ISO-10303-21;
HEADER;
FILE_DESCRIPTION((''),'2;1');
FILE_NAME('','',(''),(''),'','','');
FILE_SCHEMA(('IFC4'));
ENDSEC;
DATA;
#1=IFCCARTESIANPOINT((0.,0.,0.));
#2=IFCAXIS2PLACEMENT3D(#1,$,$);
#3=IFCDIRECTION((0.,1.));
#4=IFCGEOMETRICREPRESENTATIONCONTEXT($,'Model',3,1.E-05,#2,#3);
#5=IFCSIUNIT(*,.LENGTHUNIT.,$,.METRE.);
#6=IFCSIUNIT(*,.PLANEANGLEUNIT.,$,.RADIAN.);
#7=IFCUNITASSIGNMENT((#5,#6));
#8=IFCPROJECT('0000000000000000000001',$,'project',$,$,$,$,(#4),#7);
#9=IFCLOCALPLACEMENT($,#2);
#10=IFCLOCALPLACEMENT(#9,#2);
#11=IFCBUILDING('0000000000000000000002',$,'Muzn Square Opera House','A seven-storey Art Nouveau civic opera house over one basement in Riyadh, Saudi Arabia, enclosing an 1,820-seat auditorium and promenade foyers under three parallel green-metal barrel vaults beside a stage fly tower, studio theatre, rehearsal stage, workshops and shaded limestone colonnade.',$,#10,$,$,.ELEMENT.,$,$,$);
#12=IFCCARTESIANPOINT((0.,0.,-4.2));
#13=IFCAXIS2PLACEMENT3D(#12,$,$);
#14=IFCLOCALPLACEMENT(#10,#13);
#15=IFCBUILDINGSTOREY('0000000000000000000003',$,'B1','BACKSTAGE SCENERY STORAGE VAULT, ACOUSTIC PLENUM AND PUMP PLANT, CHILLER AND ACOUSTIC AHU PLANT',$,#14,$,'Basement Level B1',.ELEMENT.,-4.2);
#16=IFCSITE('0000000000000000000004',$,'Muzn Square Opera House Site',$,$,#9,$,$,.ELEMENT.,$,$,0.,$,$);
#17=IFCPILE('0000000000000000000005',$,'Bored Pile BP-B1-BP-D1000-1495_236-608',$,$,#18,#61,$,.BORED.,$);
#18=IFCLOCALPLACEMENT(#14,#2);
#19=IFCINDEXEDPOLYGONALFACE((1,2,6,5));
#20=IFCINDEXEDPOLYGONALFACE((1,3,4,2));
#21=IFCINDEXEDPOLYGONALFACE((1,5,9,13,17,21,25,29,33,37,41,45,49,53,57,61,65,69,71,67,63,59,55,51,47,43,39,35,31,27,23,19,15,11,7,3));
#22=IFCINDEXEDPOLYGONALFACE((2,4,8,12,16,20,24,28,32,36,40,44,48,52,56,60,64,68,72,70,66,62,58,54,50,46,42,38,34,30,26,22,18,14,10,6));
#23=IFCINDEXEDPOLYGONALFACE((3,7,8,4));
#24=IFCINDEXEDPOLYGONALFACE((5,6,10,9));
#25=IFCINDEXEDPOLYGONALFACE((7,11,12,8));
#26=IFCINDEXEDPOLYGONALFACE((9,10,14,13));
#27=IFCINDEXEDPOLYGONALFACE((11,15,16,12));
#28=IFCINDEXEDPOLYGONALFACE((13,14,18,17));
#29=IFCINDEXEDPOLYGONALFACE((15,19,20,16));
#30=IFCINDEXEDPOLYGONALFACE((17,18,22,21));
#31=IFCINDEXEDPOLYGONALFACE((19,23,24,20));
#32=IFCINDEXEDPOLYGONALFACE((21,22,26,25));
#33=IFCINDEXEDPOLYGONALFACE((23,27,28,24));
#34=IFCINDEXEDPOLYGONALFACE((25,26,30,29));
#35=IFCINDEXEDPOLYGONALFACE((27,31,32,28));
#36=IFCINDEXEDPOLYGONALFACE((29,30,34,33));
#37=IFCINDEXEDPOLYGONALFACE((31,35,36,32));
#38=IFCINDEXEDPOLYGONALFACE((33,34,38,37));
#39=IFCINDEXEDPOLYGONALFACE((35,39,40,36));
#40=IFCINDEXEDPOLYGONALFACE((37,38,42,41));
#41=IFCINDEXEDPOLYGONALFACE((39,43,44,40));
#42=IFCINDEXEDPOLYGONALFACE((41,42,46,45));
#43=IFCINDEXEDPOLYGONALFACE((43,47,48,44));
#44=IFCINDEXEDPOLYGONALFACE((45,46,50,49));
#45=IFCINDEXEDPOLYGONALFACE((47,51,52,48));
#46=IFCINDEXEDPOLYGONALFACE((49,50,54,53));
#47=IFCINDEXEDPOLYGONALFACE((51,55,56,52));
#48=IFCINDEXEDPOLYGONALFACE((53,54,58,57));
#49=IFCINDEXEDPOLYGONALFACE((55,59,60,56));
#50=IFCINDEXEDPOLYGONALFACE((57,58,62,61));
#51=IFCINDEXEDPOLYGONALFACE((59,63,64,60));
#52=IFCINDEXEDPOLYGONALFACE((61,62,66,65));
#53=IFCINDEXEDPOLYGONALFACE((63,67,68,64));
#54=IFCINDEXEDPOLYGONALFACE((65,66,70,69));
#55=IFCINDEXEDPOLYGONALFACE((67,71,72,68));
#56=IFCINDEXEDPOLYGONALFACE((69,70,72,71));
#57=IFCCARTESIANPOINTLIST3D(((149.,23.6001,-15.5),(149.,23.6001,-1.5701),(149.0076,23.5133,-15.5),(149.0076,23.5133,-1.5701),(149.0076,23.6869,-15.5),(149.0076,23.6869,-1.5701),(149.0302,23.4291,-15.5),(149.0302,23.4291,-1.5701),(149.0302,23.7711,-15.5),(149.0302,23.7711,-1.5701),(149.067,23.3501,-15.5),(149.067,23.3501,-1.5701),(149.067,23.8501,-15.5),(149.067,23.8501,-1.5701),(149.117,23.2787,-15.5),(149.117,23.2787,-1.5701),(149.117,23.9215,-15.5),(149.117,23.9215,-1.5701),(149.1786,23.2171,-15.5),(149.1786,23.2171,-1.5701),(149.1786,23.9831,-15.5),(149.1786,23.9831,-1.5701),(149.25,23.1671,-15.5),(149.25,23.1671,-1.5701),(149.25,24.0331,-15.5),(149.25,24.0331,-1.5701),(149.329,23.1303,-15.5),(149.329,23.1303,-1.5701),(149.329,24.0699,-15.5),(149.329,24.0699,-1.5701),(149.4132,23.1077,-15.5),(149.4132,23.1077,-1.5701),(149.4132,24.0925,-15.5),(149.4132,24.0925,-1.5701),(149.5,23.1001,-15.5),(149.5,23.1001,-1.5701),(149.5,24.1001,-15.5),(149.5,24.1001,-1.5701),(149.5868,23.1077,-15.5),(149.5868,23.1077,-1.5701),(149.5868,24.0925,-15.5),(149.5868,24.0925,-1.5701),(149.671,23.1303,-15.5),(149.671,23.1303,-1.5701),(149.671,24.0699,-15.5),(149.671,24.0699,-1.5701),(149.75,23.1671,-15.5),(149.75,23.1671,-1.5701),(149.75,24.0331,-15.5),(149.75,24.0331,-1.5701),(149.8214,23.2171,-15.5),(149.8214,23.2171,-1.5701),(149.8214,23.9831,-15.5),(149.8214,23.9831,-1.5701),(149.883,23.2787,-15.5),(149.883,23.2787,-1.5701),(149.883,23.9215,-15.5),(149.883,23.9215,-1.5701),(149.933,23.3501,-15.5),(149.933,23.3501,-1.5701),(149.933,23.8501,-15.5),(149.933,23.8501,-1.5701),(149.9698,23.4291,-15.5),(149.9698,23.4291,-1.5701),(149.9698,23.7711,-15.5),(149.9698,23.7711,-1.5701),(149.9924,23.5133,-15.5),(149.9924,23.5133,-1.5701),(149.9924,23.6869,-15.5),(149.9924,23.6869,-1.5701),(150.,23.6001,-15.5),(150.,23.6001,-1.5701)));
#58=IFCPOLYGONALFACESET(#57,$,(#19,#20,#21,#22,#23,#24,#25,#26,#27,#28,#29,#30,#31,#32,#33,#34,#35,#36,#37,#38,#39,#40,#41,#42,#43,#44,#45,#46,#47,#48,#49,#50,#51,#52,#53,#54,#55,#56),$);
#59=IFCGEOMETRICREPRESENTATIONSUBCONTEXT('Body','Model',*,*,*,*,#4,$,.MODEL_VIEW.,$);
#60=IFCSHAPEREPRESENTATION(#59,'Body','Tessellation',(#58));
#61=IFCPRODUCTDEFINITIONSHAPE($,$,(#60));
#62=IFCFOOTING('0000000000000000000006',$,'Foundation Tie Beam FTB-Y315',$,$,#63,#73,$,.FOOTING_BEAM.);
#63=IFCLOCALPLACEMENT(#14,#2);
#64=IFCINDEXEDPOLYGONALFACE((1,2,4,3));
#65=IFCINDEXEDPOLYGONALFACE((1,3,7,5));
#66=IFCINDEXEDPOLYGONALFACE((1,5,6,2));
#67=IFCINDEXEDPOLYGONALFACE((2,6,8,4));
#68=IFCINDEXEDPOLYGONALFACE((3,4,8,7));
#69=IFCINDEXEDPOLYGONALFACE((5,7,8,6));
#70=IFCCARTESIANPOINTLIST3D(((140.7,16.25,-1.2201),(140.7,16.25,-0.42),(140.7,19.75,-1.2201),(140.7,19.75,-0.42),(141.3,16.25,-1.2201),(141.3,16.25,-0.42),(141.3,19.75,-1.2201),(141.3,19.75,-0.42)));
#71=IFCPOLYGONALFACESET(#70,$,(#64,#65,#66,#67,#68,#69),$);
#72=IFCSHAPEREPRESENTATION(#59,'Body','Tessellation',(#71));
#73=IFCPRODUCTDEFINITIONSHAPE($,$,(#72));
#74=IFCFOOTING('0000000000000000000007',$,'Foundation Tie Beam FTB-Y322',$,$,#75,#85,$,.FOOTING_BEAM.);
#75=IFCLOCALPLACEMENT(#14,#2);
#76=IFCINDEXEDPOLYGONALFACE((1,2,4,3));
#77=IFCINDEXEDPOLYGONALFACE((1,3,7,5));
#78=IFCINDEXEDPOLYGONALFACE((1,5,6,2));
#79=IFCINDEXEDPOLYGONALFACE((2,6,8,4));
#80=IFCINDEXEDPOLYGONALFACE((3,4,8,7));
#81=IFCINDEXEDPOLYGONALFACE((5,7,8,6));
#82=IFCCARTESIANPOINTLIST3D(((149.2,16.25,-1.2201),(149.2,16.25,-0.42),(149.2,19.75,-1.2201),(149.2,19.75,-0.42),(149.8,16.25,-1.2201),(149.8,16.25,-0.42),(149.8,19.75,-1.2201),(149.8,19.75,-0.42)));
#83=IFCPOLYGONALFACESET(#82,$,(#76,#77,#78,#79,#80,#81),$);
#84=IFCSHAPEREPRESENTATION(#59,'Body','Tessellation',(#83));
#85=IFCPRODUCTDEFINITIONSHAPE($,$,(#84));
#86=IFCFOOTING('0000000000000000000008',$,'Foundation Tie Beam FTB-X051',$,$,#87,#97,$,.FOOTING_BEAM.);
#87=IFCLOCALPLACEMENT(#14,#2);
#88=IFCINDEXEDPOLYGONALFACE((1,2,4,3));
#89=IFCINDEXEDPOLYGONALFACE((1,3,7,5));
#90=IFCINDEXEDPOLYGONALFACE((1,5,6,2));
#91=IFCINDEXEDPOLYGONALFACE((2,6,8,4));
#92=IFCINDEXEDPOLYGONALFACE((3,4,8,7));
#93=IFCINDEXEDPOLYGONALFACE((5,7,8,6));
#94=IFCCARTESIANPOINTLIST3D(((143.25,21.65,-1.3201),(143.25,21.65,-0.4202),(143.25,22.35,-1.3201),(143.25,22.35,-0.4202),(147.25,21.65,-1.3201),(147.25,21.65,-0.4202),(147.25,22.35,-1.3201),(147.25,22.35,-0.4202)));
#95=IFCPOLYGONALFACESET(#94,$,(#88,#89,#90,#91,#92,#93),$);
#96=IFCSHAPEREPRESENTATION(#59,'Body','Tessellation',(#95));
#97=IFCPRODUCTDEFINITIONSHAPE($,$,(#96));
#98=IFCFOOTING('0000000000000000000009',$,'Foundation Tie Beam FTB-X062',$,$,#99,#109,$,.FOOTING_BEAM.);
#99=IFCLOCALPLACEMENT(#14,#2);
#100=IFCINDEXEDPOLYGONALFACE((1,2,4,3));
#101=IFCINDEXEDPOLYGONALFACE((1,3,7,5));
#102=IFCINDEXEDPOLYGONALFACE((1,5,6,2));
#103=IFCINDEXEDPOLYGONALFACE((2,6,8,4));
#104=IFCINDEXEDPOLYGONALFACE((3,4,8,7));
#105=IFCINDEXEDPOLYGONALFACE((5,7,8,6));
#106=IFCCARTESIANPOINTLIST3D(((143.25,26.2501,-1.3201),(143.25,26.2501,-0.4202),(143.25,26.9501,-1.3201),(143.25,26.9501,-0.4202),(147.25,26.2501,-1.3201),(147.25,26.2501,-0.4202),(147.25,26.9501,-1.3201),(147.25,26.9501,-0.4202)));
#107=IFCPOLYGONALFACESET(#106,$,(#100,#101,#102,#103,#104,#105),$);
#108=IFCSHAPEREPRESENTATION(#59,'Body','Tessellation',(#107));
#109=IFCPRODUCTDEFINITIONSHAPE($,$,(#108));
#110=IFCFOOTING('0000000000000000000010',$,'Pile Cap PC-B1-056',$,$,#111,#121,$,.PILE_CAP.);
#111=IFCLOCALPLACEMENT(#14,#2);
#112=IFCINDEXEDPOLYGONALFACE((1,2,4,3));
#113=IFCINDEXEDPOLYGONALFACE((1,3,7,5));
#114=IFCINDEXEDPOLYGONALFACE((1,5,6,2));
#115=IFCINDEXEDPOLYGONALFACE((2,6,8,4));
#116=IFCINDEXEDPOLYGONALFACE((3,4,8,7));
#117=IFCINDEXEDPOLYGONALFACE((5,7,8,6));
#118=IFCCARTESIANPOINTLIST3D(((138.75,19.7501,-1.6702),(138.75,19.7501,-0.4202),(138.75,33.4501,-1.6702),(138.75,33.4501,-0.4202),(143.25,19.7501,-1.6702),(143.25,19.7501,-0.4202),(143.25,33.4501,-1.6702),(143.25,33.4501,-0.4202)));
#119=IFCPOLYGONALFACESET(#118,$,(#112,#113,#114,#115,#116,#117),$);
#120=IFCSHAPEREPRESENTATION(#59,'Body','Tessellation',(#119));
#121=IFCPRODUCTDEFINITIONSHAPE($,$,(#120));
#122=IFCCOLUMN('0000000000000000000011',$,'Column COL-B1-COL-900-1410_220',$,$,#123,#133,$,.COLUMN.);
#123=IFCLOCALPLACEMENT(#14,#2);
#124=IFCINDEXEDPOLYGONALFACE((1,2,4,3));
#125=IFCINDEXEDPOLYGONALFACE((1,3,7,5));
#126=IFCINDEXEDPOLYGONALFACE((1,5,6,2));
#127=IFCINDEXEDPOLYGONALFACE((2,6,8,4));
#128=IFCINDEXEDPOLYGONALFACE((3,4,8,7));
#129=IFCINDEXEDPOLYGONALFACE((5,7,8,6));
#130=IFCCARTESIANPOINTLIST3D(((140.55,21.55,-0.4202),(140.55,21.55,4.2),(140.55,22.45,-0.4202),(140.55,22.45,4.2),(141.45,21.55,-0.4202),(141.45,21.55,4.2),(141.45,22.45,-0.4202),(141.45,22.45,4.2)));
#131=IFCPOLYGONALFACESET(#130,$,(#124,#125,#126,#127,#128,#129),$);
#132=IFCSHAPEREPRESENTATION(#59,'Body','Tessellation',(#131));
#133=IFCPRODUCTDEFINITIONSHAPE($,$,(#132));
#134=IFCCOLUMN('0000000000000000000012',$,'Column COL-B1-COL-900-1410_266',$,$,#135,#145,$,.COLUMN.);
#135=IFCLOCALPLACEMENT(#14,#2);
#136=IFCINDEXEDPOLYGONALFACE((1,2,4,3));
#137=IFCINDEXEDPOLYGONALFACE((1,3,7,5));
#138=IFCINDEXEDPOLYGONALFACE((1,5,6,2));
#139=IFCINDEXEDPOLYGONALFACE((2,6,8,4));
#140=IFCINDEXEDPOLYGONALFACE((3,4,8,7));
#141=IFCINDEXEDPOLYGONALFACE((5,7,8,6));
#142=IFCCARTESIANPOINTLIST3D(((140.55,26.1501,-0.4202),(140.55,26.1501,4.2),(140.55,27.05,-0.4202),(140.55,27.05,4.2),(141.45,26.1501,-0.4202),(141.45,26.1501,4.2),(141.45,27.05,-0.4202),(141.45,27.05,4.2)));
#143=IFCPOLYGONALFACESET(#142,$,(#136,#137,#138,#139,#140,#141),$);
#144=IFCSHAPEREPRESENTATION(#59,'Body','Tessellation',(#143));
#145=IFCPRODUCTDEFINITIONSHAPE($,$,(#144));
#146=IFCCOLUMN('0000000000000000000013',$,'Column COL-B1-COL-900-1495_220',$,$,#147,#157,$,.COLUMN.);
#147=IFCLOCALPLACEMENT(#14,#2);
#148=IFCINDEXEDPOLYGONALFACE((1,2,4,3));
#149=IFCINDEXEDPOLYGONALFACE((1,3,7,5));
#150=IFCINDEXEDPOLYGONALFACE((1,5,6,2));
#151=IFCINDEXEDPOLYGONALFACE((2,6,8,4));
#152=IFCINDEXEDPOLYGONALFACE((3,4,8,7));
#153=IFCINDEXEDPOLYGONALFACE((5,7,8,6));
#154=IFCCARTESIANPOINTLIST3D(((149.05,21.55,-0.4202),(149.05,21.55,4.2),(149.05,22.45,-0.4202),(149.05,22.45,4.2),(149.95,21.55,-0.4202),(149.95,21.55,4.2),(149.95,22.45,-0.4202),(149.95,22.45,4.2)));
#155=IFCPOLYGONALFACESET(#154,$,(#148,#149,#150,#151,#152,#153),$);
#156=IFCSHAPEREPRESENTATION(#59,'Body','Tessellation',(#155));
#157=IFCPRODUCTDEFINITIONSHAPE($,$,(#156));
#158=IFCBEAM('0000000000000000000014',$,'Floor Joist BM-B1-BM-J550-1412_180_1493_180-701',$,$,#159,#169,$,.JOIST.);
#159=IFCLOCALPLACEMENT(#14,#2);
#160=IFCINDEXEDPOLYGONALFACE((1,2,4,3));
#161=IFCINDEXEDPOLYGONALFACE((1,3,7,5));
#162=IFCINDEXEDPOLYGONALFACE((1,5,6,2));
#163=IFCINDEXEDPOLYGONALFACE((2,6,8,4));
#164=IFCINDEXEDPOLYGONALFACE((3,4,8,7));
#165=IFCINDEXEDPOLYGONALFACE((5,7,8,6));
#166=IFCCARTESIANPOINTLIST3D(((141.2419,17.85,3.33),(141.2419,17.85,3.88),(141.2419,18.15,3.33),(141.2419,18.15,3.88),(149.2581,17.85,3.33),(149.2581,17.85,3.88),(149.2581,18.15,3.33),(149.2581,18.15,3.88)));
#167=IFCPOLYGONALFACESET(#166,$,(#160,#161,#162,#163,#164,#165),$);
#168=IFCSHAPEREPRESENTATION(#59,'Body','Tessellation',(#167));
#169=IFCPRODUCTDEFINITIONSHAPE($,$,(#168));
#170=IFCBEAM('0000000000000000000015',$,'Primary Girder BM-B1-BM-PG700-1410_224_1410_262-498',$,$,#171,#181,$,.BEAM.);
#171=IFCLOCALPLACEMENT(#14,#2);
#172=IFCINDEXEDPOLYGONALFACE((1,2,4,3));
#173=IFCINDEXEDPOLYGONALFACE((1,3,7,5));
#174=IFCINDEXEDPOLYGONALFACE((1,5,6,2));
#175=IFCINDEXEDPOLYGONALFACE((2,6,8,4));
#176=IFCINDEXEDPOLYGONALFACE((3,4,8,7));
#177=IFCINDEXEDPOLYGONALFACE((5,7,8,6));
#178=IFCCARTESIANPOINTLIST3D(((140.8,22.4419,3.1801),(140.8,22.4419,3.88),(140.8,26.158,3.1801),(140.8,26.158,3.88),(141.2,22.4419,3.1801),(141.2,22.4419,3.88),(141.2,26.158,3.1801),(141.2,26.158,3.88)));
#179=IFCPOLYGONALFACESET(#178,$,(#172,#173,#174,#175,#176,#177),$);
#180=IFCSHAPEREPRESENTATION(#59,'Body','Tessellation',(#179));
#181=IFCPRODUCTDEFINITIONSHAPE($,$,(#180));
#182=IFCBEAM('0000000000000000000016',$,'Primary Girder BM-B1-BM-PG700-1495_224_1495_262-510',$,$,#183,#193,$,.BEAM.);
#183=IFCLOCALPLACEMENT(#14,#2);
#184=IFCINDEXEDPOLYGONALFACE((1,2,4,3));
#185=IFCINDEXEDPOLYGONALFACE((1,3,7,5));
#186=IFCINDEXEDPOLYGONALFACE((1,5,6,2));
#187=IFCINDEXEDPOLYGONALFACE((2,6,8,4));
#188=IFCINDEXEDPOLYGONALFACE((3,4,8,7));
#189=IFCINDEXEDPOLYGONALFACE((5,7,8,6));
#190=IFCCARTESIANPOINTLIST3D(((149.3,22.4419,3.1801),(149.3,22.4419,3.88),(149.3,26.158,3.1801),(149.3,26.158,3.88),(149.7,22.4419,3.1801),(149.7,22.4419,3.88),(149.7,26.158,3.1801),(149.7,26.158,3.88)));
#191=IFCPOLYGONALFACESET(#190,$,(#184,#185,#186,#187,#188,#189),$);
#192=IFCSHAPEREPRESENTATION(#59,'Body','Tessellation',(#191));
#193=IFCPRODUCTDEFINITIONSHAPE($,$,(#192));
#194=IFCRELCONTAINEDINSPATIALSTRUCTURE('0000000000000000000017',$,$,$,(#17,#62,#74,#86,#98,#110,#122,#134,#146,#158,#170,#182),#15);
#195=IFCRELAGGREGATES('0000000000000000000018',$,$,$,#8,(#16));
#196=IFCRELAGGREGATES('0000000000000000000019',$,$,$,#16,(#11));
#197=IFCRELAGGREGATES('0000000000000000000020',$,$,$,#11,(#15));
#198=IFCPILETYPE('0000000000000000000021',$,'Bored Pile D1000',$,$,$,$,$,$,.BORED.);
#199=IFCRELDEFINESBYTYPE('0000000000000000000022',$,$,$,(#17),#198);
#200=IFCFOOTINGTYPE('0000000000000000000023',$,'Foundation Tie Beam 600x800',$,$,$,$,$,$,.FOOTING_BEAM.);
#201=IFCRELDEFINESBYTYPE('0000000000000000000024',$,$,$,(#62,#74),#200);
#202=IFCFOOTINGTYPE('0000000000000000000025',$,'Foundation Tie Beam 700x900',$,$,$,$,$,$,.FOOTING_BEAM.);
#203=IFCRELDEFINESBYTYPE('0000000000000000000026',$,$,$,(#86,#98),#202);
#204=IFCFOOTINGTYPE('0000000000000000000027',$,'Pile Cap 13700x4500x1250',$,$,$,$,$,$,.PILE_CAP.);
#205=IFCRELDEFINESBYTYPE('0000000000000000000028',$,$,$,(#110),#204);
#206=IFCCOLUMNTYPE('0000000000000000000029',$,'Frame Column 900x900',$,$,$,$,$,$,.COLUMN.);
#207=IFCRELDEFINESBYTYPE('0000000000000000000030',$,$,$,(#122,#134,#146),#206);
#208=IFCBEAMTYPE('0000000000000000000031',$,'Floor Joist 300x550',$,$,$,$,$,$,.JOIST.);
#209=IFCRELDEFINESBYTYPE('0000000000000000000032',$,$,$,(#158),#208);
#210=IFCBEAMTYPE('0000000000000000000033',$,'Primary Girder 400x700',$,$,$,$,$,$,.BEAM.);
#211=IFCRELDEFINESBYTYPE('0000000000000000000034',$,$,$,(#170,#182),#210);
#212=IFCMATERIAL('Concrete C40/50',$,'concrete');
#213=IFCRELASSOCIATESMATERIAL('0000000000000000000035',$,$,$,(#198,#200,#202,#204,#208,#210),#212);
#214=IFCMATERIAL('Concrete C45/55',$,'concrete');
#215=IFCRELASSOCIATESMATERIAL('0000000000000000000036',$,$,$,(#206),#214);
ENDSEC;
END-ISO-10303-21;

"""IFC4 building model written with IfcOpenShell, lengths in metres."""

from ifc_helpers import new_model, si_unit, direction, frame, origin, origin_2d, place, context, subcontext, project, spatial, rectangle, circle, extrude, material, material_profile, profile_set, type_object, element, save


model = new_model("IFC4")

# Units and contexts
model_context = context("Model", 3, precision=1e-05, world=origin(), true_north=direction((0.0, 1.0)))
body_context = subcontext(model_context, "Body", "Model", "MODEL_VIEW")
ifc_project = project(units=[si_unit("LENGTHUNIT", "METRE"), si_unit("PLANEANGLEUNIT", "RADIAN")], contexts=[model_context])

# Site, building, storey
site_placement = place(None, origin())
site = spatial("IfcSite", under=ifc_project, at=site_placement, Name="Muzn Square Opera House Site", CompositionType="ELEMENT", RefElevation=0.0)
building_placement = place(site_placement, origin())
building = spatial("IfcBuilding", under=site, at=building_placement, Name="Muzn Square Opera House", Description="A seven-storey Art Nouveau civic opera house over one basement in Riyadh, Saudi Arabia, enclosing an 1,820-seat auditorium and promenade foyers under three parallel green-metal barrel vaults beside a stage fly tower, studio theatre, rehearsal stage, workshops and shaded limestone colonnade.", CompositionType="ELEMENT")
storey_placement = place(building_placement, frame((0.0, 0.0, -4.2)))
storey = spatial("IfcBuildingStorey", under=building, at=storey_placement, Name="B1", Description="BACKSTAGE SCENERY STORAGE VAULT, ACOUSTIC PLENUM AND PUMP PLANT, CHILLER AND ACOUSTIC AHU PLANT", LongName="Basement Level B1", CompositionType="ELEMENT", Elevation=-4.2)

# Pile
ifc_material_1 = material(Name="Concrete C40/50", Category="concrete")
ifc_material_profile_1 = material_profile(ifc_material_1, circle(Radius=0.5, at=origin_2d()), Name="BORED PILE D1000", Category="concrete")
ifc_profile_set_1 = profile_set([ifc_material_profile_1], Name="Concrete C40/50")
pile_type = type_object("IfcPileType", Name="Bored Pile D1000", PredefinedType="BORED", material=ifc_profile_set_1)
for number, where, z_axis, x_axis, name in (
    (1, (149.5, 23.6001, -1.5701), (0.0, 0.0, -1.0), (1.0, 0.0, 0.0), "Bored Pile BP-B1-BP-D1000-1495_236-608"),
):
    element("IfcPile", number, at=place(storey_placement, frame(where, z_axis=z_axis, x_axis=x_axis)), inside=storey, type_object=pile_type, Name=name, PredefinedType="BORED", context=body_context, shape_type="SweptSolid", body=[
        extrude(circle(Radius=0.5, at=origin_2d()), origin(), (0.0, 0.0, 1.0), 13.9299),
    ])

# Footings
ifc_material_profile_2 = material_profile(ifc_material_1, rectangle(XDim=0.6001, YDim=0.8, at=origin_2d()), Name="RCTB 600x800", Category="concrete")
ifc_profile_set_2 = profile_set([ifc_material_profile_2], Name="Concrete C40/50")
footing_type_1 = type_object("IfcFootingType", Name="Foundation Tie Beam 600x800", PredefinedType="FOOTING_BEAM", material=ifc_profile_set_2)
for number, where, z_axis, x_axis, name in (
    (2, (141.0, 16.25, -0.8201), (0.0, 1.0, 0.0), (-1.0, 0.0, 0.0), "Foundation Tie Beam FTB-Y315"),
    (3, (149.5, 16.25, -0.8201), (0.0, 1.0, 0.0), (-1.0, 0.0, 0.0), "Foundation Tie Beam FTB-Y322"),
):
    element("IfcFooting", number, at=place(storey_placement, frame(where, z_axis=z_axis, x_axis=x_axis)), inside=storey, type_object=footing_type_1, Name=name, PredefinedType="FOOTING_BEAM", context=body_context, shape_type="SweptSolid", body=[
        extrude(rectangle(XDim=0.6001, YDim=0.8, at=origin_2d()), origin(), (0.0, 0.0, 1.0), 3.5),
    ])
ifc_material_profile_3 = material_profile(ifc_material_1, rectangle(XDim=0.7, YDim=0.8999, at=origin_2d()), Name="RCTB 700x900", Category="concrete")
ifc_profile_set_3 = profile_set([ifc_material_profile_3], Name="Concrete C40/50")
footing_type_2 = type_object("IfcFootingType", Name="Foundation Tie Beam 700x900", PredefinedType="FOOTING_BEAM", material=ifc_profile_set_3)
for number, where, z_axis, x_axis, name in (
    (4, (143.25, 22.0, -0.8701), (1.0, 0.0, 0.0), (0.0, 1.0, 0.0), "Foundation Tie Beam FTB-X051"),
    (5, (143.25, 26.6001, -0.8701), (1.0, 0.0, 0.0), (0.0, 1.0, 0.0), "Foundation Tie Beam FTB-X062"),
):
    element("IfcFooting", number, at=place(storey_placement, frame(where, z_axis=z_axis, x_axis=x_axis)), inside=storey, type_object=footing_type_2, Name=name, PredefinedType="FOOTING_BEAM", context=body_context, shape_type="SweptSolid", body=[
        extrude(rectangle(XDim=0.7, YDim=0.8999, at=origin_2d()), origin(), (0.0, 0.0, 1.0), 4.0),
    ])
footing_type_3 = type_object("IfcFootingType", Name="Pile Cap 13700x4500x1250", PredefinedType="PILE_CAP", material=ifc_material_1)
footing_placement = place(storey_placement, frame((141.0, 26.6001, -1.6702), z_axis=(0.0, 0.0, 1.0), x_axis=(1.0, 0.0, 0.0)))
element("IfcFooting", 6, at=footing_placement, inside=storey, type_object=footing_type_3, Name="Pile Cap PC-B1-056", PredefinedType="PILE_CAP", context=body_context, shape_type="SweptSolid", body=[
    extrude(rectangle(XDim=4.5, YDim=13.7, at=origin_2d()), origin(), (0.0, 0.0, 1.0), 1.25),
])

# Columns
ifc_material_2 = material(Name="Concrete C45/55", Category="concrete")
ifc_material_profile_4 = material_profile(ifc_material_2, rectangle(XDim=0.8999, YDim=0.8999, at=origin_2d()), Name="RC 900x900", Category="concrete")
ifc_profile_set_4 = profile_set([ifc_material_profile_4], Name="Concrete C45/55")
column_type = type_object("IfcColumnType", Name="Frame Column 900x900", PredefinedType="COLUMN", material=ifc_profile_set_4)
for number, where, z_axis, x_axis, name in (
    (7, (141.0, 22.0, -0.4202), (0.0, 0.0, 1.0), (1.0, 0.0, 0.0), "Column COL-B1-COL-900-1410_220"),
    (8, (141.0, 26.6001, -0.4202), (0.0, 0.0, 1.0), (1.0, 0.0, 0.0), "Column COL-B1-COL-900-1410_266"),
    (9, (149.5, 22.0, -0.4202), (0.0, 0.0, 1.0), (1.0, 0.0, 0.0), "Column COL-B1-COL-900-1495_220"),
):
    element("IfcColumn", number, at=place(storey_placement, frame(where, z_axis=z_axis, x_axis=x_axis)), inside=storey, type_object=column_type, Name=name, PredefinedType="COLUMN", context=body_context, shape_type="SweptSolid", body=[
        extrude(rectangle(XDim=0.8999, YDim=0.8999, at=origin_2d()), origin(), (0.0, 0.0, 1.0), 4.6201),
    ])

# Beams
ifc_material_profile_5 = material_profile(ifc_material_1, rectangle(XDim=0.3, YDim=0.55, at=origin_2d()), Name="RCJ 300x550", Category="concrete")
ifc_profile_set_5 = profile_set([ifc_material_profile_5], Name="Concrete C40/50")
beam_type_1 = type_object("IfcBeamType", Name="Floor Joist 300x550", PredefinedType="JOIST", material=ifc_profile_set_5)
beam_placement = place(storey_placement, frame((141.2419, 18.0, 3.605), z_axis=(1.0, 0.0, 0.0), x_axis=(0.0, 1.0, 0.0)))
element("IfcBeam", 10, at=beam_placement, inside=storey, type_object=beam_type_1, Name="Floor Joist BM-B1-BM-J550-1412_180_1493_180-701", PredefinedType="JOIST", context=body_context, shape_type="SweptSolid", body=[
    extrude(rectangle(XDim=0.3, YDim=0.55, at=origin_2d()), origin(), (0.0, 0.0, 1.0), 8.0161),
])
ifc_material_profile_6 = material_profile(ifc_material_1, rectangle(XDim=0.3999, YDim=0.7, at=origin_2d()), Name="RCB 400x700", Category="concrete")
ifc_profile_set_6 = profile_set([ifc_material_profile_6], Name="Concrete C40/50")
beam_type_2 = type_object("IfcBeamType", Name="Primary Girder 400x700", PredefinedType="BEAM", material=ifc_profile_set_6)
for number, where, z_axis, x_axis, name in (
    (11, (141.0, 22.4419, 3.53), (0.0, 1.0, 0.0), (-1.0, 0.0, 0.0), "Primary Girder BM-B1-BM-PG700-1410_224_1410_262-498"),
    (12, (149.5, 22.4419, 3.53), (0.0, 1.0, 0.0), (-1.0, 0.0, 0.0), "Primary Girder BM-B1-BM-PG700-1495_224_1495_262-510"),
):
    element("IfcBeam", number, at=place(storey_placement, frame(where, z_axis=z_axis, x_axis=x_axis)), inside=storey, type_object=beam_type_2, Name=name, PredefinedType="BEAM", context=body_context, shape_type="SweptSolid", body=[
        extrude(rectangle(XDim=0.3999, YDim=0.7, at=origin_2d()), origin(), (0.0, 0.0, 1.0), 3.7161),
    ])

save(model, "model.ifc")
